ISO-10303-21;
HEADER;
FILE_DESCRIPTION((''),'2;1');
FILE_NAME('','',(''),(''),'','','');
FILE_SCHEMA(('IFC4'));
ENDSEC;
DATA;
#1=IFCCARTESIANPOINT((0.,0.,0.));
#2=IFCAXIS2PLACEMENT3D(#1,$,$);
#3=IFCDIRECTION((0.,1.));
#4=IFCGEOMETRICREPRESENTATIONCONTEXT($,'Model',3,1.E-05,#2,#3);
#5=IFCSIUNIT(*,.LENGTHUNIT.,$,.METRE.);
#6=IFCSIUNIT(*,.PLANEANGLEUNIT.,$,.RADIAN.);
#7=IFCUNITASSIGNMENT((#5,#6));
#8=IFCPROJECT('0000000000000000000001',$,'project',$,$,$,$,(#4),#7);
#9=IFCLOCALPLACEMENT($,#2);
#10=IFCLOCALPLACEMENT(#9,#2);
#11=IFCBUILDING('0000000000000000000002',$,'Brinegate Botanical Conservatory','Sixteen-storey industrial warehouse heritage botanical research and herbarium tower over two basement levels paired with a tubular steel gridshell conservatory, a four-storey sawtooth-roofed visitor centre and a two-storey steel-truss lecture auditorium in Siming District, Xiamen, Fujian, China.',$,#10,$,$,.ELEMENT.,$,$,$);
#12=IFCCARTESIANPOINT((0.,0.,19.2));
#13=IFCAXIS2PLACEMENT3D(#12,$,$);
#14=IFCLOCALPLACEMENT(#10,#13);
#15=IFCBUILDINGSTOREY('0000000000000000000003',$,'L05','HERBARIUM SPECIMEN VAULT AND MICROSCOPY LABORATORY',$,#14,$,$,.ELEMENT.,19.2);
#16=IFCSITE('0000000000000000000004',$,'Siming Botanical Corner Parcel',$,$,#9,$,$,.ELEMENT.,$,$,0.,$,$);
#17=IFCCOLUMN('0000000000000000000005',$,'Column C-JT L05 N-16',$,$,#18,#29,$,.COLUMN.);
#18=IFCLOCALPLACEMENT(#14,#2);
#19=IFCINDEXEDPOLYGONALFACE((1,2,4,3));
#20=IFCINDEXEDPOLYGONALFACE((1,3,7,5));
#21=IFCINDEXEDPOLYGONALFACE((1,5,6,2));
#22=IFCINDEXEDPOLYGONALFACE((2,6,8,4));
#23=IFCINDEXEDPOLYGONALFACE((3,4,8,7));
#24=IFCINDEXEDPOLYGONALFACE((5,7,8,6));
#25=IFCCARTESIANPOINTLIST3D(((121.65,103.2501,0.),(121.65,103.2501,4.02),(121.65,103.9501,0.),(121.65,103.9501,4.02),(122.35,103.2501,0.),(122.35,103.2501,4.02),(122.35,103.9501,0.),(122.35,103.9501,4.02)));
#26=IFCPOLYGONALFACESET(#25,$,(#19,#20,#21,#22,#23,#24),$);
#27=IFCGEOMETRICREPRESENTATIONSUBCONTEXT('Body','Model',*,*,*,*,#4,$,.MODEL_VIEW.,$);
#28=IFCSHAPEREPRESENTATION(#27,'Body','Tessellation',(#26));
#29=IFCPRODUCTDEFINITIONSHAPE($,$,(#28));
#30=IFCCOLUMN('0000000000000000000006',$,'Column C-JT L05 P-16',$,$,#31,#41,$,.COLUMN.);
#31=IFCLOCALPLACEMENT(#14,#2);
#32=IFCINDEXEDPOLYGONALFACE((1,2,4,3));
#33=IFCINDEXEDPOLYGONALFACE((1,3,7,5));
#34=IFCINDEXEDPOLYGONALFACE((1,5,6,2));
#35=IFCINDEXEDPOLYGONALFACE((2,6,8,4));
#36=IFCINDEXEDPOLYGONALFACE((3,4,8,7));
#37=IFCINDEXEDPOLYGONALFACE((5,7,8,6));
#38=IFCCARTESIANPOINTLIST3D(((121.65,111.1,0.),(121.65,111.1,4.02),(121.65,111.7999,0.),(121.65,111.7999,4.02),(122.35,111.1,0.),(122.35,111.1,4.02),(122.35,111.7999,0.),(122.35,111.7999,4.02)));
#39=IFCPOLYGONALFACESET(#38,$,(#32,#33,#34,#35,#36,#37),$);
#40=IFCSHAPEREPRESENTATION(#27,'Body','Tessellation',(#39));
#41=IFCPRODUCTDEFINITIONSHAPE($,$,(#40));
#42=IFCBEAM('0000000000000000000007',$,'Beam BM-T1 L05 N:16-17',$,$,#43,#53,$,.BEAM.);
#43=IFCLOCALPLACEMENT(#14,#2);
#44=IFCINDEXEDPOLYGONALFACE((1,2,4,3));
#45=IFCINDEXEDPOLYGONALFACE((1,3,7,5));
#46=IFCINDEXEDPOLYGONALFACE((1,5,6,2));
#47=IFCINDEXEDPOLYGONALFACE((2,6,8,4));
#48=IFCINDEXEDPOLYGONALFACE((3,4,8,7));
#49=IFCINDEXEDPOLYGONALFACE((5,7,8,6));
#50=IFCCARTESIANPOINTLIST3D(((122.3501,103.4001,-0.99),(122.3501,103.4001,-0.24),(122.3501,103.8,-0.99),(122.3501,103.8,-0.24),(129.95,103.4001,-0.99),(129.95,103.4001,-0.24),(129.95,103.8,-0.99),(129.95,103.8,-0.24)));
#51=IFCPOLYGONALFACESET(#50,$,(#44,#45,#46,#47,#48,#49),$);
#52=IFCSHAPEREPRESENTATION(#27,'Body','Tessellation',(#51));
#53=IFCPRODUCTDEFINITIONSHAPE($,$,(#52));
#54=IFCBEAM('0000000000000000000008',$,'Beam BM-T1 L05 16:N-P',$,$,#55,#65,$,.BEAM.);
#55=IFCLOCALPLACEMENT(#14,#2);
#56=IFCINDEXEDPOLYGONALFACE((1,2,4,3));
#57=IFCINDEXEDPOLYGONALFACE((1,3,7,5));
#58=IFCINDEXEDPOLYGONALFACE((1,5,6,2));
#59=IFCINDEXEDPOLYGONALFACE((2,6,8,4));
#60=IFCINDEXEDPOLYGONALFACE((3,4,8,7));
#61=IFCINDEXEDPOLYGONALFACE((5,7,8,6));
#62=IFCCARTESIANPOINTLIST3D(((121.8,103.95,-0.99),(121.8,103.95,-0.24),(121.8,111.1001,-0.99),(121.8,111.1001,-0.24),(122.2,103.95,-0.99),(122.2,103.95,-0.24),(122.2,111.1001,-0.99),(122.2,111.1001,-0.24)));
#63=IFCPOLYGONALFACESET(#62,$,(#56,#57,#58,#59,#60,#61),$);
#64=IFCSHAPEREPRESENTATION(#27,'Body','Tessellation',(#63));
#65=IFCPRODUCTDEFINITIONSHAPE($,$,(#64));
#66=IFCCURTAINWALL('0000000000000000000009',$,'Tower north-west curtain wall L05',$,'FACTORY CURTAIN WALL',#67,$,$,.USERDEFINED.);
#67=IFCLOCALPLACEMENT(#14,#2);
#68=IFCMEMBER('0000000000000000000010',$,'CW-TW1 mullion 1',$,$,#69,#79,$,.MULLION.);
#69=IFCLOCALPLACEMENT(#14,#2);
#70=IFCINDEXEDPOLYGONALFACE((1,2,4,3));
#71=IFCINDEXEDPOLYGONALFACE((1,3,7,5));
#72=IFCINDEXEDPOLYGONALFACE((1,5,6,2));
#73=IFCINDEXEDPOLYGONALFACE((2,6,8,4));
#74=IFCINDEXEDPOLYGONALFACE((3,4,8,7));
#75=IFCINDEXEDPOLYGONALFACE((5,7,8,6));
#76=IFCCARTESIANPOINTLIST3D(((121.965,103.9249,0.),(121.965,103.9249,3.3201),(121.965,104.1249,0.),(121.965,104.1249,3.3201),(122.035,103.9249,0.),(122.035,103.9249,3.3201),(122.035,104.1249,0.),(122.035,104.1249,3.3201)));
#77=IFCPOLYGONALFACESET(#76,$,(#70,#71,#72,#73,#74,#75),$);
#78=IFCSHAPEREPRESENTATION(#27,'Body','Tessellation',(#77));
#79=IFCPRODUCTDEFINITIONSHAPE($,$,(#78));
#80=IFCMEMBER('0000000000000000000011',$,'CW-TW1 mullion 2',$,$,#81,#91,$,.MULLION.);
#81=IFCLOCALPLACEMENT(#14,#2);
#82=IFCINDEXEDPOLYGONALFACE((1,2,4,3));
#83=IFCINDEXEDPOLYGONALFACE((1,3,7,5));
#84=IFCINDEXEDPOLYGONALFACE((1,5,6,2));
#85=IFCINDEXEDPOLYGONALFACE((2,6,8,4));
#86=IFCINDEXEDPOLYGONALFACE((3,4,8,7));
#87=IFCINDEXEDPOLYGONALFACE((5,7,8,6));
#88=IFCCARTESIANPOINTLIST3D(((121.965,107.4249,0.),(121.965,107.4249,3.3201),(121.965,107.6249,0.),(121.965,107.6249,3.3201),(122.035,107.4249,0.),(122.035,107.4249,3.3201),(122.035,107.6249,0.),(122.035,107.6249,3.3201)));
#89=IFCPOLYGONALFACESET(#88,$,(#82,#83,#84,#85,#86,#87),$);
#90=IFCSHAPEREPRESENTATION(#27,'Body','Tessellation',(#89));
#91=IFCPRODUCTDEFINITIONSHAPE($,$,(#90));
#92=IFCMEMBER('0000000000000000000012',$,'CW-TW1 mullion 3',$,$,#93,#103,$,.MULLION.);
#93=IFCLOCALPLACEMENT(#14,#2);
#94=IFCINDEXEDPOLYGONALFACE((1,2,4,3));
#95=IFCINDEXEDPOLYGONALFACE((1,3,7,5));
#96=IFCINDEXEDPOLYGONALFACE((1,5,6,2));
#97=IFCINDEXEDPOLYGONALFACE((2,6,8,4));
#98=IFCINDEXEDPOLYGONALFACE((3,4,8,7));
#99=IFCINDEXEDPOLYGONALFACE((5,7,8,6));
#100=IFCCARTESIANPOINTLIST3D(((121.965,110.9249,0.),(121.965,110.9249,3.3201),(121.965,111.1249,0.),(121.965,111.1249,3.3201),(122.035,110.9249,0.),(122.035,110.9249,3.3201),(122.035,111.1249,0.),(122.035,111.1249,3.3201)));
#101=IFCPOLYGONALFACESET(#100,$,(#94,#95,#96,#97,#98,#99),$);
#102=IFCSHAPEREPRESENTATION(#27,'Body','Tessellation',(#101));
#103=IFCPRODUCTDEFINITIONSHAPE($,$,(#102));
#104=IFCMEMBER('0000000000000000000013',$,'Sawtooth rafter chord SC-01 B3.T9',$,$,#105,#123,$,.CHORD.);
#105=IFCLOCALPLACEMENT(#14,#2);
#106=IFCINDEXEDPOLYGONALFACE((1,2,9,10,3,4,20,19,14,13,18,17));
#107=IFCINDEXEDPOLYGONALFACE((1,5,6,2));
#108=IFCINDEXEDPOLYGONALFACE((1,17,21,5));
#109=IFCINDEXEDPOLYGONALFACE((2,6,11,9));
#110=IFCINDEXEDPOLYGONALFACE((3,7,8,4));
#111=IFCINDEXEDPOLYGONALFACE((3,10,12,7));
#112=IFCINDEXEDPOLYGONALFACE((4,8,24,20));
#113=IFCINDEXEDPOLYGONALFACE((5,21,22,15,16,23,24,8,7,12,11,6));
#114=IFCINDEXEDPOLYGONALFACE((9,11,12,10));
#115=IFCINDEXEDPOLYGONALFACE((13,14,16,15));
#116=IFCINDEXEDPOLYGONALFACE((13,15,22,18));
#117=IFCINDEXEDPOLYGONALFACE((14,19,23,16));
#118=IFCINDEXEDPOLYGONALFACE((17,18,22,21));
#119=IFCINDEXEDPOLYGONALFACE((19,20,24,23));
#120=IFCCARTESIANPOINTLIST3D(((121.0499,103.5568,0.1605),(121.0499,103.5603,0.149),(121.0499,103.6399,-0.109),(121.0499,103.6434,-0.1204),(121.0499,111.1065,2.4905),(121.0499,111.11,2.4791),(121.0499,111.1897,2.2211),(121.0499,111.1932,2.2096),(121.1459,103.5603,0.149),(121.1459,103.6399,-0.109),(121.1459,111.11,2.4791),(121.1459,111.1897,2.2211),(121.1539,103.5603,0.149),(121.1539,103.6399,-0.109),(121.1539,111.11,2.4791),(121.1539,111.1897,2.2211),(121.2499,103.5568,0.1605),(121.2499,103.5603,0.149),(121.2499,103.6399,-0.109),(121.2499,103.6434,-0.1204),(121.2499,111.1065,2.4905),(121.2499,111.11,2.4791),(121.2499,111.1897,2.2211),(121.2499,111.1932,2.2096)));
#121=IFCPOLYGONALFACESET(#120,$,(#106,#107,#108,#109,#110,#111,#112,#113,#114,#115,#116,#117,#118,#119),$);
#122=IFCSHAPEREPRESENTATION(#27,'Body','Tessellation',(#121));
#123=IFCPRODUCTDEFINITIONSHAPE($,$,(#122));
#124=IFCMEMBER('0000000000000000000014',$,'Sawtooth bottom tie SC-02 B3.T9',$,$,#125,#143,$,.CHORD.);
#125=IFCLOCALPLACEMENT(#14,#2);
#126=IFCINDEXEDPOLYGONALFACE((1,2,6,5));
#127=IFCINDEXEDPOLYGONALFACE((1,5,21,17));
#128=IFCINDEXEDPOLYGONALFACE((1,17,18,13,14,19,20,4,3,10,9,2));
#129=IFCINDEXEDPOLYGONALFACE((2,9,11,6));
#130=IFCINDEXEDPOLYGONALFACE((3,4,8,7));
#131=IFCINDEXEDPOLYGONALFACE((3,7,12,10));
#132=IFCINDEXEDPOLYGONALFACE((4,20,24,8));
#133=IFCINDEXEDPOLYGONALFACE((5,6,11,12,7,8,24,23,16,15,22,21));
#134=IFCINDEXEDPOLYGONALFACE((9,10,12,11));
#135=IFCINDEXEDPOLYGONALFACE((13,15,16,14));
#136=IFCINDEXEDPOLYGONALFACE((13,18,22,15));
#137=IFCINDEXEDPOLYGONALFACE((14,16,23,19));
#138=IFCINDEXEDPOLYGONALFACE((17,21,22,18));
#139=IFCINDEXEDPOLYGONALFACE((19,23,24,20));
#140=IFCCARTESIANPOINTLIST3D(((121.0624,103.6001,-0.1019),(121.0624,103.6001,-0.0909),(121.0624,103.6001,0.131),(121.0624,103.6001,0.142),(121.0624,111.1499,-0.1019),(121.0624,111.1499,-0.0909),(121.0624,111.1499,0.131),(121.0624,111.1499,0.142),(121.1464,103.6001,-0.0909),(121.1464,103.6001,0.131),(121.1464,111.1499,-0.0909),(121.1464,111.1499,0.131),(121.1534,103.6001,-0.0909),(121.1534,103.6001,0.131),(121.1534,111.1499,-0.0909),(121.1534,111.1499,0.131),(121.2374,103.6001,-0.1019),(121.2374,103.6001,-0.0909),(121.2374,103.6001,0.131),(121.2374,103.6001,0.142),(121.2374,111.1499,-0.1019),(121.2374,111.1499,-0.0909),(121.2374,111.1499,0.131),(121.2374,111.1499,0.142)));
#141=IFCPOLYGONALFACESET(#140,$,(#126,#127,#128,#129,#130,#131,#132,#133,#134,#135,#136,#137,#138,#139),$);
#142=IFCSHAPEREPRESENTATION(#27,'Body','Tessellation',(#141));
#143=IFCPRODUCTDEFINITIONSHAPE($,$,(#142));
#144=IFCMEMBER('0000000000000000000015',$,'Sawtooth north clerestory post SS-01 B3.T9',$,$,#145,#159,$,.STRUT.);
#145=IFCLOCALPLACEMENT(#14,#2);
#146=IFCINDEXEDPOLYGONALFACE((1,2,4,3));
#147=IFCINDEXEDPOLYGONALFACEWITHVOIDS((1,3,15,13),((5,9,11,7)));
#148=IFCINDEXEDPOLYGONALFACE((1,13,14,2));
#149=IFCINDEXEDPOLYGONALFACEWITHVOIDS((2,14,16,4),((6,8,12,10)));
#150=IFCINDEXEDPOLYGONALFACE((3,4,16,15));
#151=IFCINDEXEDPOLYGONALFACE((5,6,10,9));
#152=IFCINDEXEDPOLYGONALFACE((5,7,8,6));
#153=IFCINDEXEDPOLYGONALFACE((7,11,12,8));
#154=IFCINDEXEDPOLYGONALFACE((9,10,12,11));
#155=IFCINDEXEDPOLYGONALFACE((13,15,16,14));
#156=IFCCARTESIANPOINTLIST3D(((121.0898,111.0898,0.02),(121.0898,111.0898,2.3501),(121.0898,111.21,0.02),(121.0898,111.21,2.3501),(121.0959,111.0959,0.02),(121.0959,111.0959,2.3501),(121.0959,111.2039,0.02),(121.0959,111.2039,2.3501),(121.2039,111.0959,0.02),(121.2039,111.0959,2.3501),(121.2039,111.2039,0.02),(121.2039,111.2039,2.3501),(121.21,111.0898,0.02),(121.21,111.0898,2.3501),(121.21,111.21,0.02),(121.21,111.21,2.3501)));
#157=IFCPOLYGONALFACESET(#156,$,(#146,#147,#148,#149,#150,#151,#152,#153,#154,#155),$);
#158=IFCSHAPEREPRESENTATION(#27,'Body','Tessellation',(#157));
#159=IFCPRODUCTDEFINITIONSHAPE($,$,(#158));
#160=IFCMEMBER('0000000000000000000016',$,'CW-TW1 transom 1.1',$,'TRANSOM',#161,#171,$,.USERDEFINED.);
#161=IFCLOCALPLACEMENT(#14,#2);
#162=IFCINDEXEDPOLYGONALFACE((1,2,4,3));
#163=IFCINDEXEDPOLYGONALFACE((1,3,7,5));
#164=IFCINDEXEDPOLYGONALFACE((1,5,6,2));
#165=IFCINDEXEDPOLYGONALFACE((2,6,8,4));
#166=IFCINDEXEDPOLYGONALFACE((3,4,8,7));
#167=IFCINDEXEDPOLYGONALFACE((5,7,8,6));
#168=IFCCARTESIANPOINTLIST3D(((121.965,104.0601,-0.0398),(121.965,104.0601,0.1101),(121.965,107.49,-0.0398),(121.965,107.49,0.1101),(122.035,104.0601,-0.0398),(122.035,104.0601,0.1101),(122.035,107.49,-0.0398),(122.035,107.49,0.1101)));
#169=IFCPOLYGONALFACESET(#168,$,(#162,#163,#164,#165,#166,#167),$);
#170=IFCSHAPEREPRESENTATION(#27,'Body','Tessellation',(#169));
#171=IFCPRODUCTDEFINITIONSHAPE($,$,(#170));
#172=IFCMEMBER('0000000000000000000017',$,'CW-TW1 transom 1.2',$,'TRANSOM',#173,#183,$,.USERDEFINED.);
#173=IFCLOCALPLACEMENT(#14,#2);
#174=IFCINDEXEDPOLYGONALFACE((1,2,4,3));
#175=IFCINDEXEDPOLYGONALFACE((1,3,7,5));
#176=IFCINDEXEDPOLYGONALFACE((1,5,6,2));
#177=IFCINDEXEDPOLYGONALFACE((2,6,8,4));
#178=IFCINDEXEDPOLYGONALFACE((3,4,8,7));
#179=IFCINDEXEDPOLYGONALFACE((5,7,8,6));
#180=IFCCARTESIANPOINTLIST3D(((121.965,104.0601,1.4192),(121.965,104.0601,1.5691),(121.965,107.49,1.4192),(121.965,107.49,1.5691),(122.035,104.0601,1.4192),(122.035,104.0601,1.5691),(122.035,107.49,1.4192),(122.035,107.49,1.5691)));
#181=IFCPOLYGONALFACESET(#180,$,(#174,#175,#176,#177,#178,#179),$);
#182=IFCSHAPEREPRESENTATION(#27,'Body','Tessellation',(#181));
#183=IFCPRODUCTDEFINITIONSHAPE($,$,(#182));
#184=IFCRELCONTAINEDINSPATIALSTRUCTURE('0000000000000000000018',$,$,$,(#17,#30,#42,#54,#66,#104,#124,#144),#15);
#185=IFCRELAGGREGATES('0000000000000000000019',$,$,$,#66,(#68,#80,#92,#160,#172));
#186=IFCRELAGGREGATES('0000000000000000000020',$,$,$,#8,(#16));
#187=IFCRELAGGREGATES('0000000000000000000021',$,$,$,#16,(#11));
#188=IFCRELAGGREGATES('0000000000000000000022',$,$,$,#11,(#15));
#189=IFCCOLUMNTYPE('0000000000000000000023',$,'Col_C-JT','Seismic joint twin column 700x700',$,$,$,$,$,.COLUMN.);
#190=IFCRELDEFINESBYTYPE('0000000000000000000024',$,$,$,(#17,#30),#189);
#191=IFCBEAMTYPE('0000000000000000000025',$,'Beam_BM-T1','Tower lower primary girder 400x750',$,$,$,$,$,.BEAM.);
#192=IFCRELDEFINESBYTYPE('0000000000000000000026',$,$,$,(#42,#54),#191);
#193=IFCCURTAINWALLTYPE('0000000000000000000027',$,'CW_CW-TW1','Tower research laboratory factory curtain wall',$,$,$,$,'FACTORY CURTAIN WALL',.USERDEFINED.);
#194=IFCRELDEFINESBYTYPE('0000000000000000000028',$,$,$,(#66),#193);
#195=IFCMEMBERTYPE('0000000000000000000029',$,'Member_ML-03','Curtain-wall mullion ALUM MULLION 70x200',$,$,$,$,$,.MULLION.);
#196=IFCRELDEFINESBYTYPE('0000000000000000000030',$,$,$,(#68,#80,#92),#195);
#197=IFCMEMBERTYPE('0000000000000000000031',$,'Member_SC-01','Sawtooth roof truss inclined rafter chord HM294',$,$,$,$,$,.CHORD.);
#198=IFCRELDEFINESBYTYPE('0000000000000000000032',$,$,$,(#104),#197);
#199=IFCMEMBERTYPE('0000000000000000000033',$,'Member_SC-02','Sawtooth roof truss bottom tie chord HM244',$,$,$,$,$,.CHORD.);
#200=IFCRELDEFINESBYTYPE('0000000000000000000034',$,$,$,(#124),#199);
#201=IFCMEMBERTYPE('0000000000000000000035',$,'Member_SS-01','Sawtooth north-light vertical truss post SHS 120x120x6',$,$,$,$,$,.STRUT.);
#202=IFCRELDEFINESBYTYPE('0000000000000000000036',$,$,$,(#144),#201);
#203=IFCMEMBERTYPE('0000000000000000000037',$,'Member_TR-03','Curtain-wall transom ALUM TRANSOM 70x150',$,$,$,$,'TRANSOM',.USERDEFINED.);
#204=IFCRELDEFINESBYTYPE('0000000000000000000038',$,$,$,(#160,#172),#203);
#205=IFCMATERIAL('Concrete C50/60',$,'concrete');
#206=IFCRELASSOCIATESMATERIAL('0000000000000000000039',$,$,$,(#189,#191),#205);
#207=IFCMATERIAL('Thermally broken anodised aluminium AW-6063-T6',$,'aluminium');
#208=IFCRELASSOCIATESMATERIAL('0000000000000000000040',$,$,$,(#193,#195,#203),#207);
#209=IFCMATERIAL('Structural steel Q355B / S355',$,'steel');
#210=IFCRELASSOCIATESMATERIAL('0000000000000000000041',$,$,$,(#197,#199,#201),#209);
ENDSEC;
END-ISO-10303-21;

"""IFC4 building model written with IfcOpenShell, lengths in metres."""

from ifc_helpers import new_model, si_unit, direction, frame, origin, origin_2d, place, context, subcontext, project, spatial, rectangle, hollow_rectangle, i_section, extrude, material, material_profile, profile_set, type_object, element, aggregate, save


model = new_model("IFC4")

# Units and contexts
model_context = context("Model", 3, precision=1e-05, world=origin(), true_north=direction((0.0, 1.0)))
body_context = subcontext(model_context, "Body", "Model", "MODEL_VIEW")
ifc_project = project(units=[si_unit("LENGTHUNIT", "METRE"), si_unit("PLANEANGLEUNIT", "RADIAN")], contexts=[model_context])

# Site, building, storey
site_placement = place(None, origin())
site = spatial("IfcSite", under=ifc_project, at=site_placement, Name="Siming Botanical Corner Parcel", CompositionType="ELEMENT", RefElevation=0.0)
building_placement = place(site_placement, origin())
building = spatial("IfcBuilding", under=site, at=building_placement, Name="Brinegate Botanical Conservatory", Description="Sixteen-storey industrial warehouse heritage botanical research and herbarium tower over two basement levels paired with a tubular steel gridshell conservatory, a four-storey sawtooth-roofed visitor centre and a two-storey steel-truss lecture auditorium in Siming District, Xiamen, Fujian, China.", CompositionType="ELEMENT")
storey_placement = place(building_placement, frame((0.0, 0.0, 19.2)))
storey = spatial("IfcBuildingStorey", under=building, at=storey_placement, Name="L05", Description="HERBARIUM SPECIMEN VAULT AND MICROSCOPY LABORATORY", CompositionType="ELEMENT", Elevation=19.2)

# Columns
ifc_material_1 = material(Name="Concrete C50/60", Category="concrete")
ifc_material_profile_1 = material_profile(ifc_material_1, rectangle(XDim=0.7, YDim=0.7, at=origin_2d()), Name="RC COL 700x700")
ifc_profile_set_1 = profile_set([ifc_material_profile_1], Name="Concrete C50/60")
column_type = type_object("IfcColumnType", Name="Col_C-JT", Description="Seismic joint twin column 700x700", PredefinedType="COLUMN", material=ifc_profile_set_1)
for number, where, z_axis, x_axis, name in (
    (1, (122.0, 103.6001, 0.0), (0.0, 0.0, 1.0), (1.0, 0.0, 0.0), "Column C-JT L05 N-16"),
    (2, (122.0, 111.45, 0.0), (0.0, 0.0, 1.0), (1.0, 0.0, 0.0), "Column C-JT L05 P-16"),
):
    element("IfcColumn", number, at=place(storey_placement, frame(where, z_axis=z_axis, x_axis=x_axis)), inside=storey, type_object=column_type, Name=name, PredefinedType="COLUMN", context=body_context, shape_type="SweptSolid", body=[
        extrude(rectangle(XDim=0.7, YDim=0.7, at=origin_2d()), origin(), (0.0, 0.0, 1.0), 4.02),
    ])

# Beams
ifc_material_profile_2 = material_profile(ifc_material_1, rectangle(XDim=0.3999, YDim=0.75, at=origin_2d()), Name="RC BM 400x750")
ifc_profile_set_2 = profile_set([ifc_material_profile_2], Name="Concrete C50/60")
beam_type = type_object("IfcBeamType", Name="Beam_BM-T1", Description="Tower lower primary girder 400x750", PredefinedType="BEAM", material=ifc_profile_set_2)
beam_1_placement = place(storey_placement, frame((122.3501, 103.6001, -0.615), z_axis=(1.0, 0.0, 0.0), x_axis=(0.0, 1.0, 0.0)))
element("IfcBeam", 3, at=beam_1_placement, inside=storey, type_object=beam_type, Name="Beam BM-T1 L05 N:16-17", PredefinedType="BEAM", context=body_context, shape_type="SweptSolid", body=[
    extrude(rectangle(XDim=0.3999, YDim=0.75, at=origin_2d()), origin(), (0.0, 0.0, 1.0), 7.5999),
])
beam_2_placement = place(storey_placement, frame((122.0, 103.95, -0.615), z_axis=(0.0, 1.0, 0.0), x_axis=(-1.0, 0.0, 0.0)))
element("IfcBeam", 4, at=beam_2_placement, inside=storey, type_object=beam_type, Name="Beam BM-T1 L05 16:N-P", PredefinedType="BEAM", context=body_context, shape_type="SweptSolid", body=[
    extrude(rectangle(XDim=0.3999, YDim=0.75, at=origin_2d()), origin(), (0.0, 0.0, 1.0), 7.1501),
])

# Curtain wall, members
ifc_material_2 = material(Name="Thermally broken anodised aluminium AW-6063-T6", Category="aluminium")
curtain_wall_type = type_object("IfcCurtainWallType", Name="CW_CW-TW1", Description="Tower research laboratory factory curtain wall", ElementType="FACTORY CURTAIN WALL", PredefinedType="USERDEFINED", material=ifc_material_2)
curtain_wall_placement = place(storey_placement, origin())
curtain_wall = element("IfcCurtainWall", 5, at=curtain_wall_placement, inside=storey, type_object=curtain_wall_type, Name="Tower north-west curtain wall L05", ObjectType="FACTORY CURTAIN WALL", PredefinedType="USERDEFINED")
ifc_material_profile_3 = material_profile(ifc_material_2, rectangle(XDim=0.0701, YDim=0.2, at=origin_2d()), Name="ALUM MULLION 70x200")
ifc_profile_set_3 = profile_set([ifc_material_profile_3], Name="Thermally broken anodised aluminium AW-6063-T6")
member_type_1 = type_object("IfcMemberType", Name="Member_ML-03", Description="Curtain-wall mullion ALUM MULLION 70x200", PredefinedType="MULLION", material=ifc_profile_set_3)
member_1_placement = place(storey_placement, frame((122.0, 104.0249, 0.0), z_axis=(0.0, 0.0, 1.0), x_axis=(-1.0, 0.0, 0.0)))
member_1 = element("IfcMember", 6, at=member_1_placement, type_object=member_type_1, Name="CW-TW1 mullion 1", PredefinedType="MULLION", context=body_context, shape_type="SweptSolid", body=[
    extrude(rectangle(XDim=0.0701, YDim=0.2, at=origin_2d()), origin(), (0.0, 0.0, 1.0), 3.3201),
])
member_2_placement = place(storey_placement, frame((122.0, 107.5249, 0.0), z_axis=(0.0, 0.0, 1.0), x_axis=(-1.0, 0.0, 0.0)))
member_2 = element("IfcMember", 7, at=member_2_placement, type_object=member_type_1, Name="CW-TW1 mullion 2", PredefinedType="MULLION", context=body_context, shape_type="SweptSolid", body=[
    extrude(rectangle(XDim=0.0701, YDim=0.2, at=origin_2d()), origin(), (0.0, 0.0, 1.0), 3.3201),
])
member_3_placement = place(storey_placement, frame((122.0, 111.0249, 0.0), z_axis=(0.0, 0.0, 1.0), x_axis=(-1.0, 0.0, 0.0)))
member_3 = element("IfcMember", 8, at=member_3_placement, type_object=member_type_1, Name="CW-TW1 mullion 3", PredefinedType="MULLION", context=body_context, shape_type="SweptSolid", body=[
    extrude(rectangle(XDim=0.0701, YDim=0.2, at=origin_2d()), origin(), (0.0, 0.0, 1.0), 3.3201),
])

# Members
ifc_material_3 = material(Name="Structural steel Q355B / S355", Category="steel")
ifc_material_profile_4 = material_profile(ifc_material_3, i_section(OverallWidth=0.2, OverallDepth=0.2939, WebThickness=0.0081, FlangeThickness=0.012, at=origin_2d()), Name="HM 294x200x8x12")
ifc_profile_set_4 = profile_set([ifc_material_profile_4], Name="Structural steel Q355B / S355")
member_type_2 = type_object("IfcMemberType", Name="Member_SC-01", Description="Sawtooth roof truss inclined rafter chord HM294", PredefinedType="CHORD", material=ifc_profile_set_4)
member_4_placement = place(storey_placement, frame((121.1499, 103.6001, 0.02), z_axis=(0.0, 0.955527, 0.294902), x_axis=(-1.0, 0.0, 0.0)))
element("IfcMember", 9, at=member_4_placement, inside=storey, type_object=member_type_2, Name="Sawtooth rafter chord SC-01 B3.T9", PredefinedType="CHORD", context=body_context, shape_type="SweptSolid", body=[
    extrude(i_section(OverallWidth=0.2, OverallDepth=0.2939, WebThickness=0.0081, FlangeThickness=0.012, at=origin_2d()), origin(), (0.0, 0.0, 1.0), 7.9011),
])
ifc_material_profile_5 = material_profile(ifc_material_3, i_section(OverallWidth=0.175, OverallDepth=0.2439, WebThickness=0.0071, FlangeThickness=0.011, at=origin_2d()), Name="HM 244x175x7x11")
ifc_profile_set_5 = profile_set([ifc_material_profile_5], Name="Structural steel Q355B / S355")
member_type_3 = type_object("IfcMemberType", Name="Member_SC-02", Description="Sawtooth roof truss bottom tie chord HM244", PredefinedType="CHORD", material=ifc_profile_set_5)
member_5_placement = place(storey_placement, frame((121.1499, 103.6001, 0.02), z_axis=(0.0, 1.0, 0.0), x_axis=(-1.0, 0.0, 0.0)))
element("IfcMember", 10, at=member_5_placement, inside=storey, type_object=member_type_3, Name="Sawtooth bottom tie SC-02 B3.T9", PredefinedType="CHORD", context=body_context, shape_type="SweptSolid", body=[
    extrude(i_section(OverallWidth=0.175, OverallDepth=0.2439, WebThickness=0.0071, FlangeThickness=0.011, at=origin_2d()), origin(), (0.0, 0.0, 1.0), 7.5498),
])
ifc_material_profile_6 = material_profile(ifc_material_3, hollow_rectangle(XDim=0.1201, YDim=0.1201, WallThickness=0.0061, at=origin_2d()), Name="SHS 120x120x6")
ifc_profile_set_6 = profile_set([ifc_material_profile_6], Name="Structural steel Q355B / S355")
member_type_4 = type_object("IfcMemberType", Name="Member_SS-01", Description="Sawtooth north-light vertical truss post SHS 120x120x6", PredefinedType="STRUT", material=ifc_profile_set_6)
member_6_placement = place(storey_placement, frame((121.1499, 111.1499, 0.02), z_axis=(0.0, 0.0, 1.0), x_axis=(1.0, 0.0, 0.0)))
element("IfcMember", 11, at=member_6_placement, inside=storey, type_object=member_type_4, Name="Sawtooth north clerestory post SS-01 B3.T9", PredefinedType="STRUT", context=body_context, shape_type="SweptSolid", body=[
    extrude(hollow_rectangle(XDim=0.1201, YDim=0.1201, WallThickness=0.0061, at=origin_2d()), origin(), (0.0, 0.0, 1.0), 2.3301),
])

# Members
ifc_material_profile_7 = material_profile(ifc_material_2, rectangle(XDim=0.0701, YDim=0.1499, at=origin_2d()), Name="ALUM TRANSOM 70x150")
ifc_profile_set_7 = profile_set([ifc_material_profile_7], Name="Thermally broken anodised aluminium AW-6063-T6")
member_type_5 = type_object("IfcMemberType", Name="Member_TR-03", Description="Curtain-wall transom ALUM TRANSOM 70x150", ElementType="TRANSOM", PredefinedType="USERDEFINED", material=ifc_profile_set_7)
member_7_placement = place(storey_placement, frame((122.0, 104.0601, 0.0352), z_axis=(0.0, 1.0, 0.0), x_axis=(-1.0, 0.0, 0.0)))
member_7 = element("IfcMember", 12, at=member_7_placement, type_object=member_type_5, Name="CW-TW1 transom 1.1", ObjectType="TRANSOM", PredefinedType="USERDEFINED", context=body_context, shape_type="SweptSolid", body=[
    extrude(rectangle(XDim=0.0701, YDim=0.1499, at=origin_2d()), origin(), (0.0, 0.0, 1.0), 3.4299),
])
member_8_placement = place(storey_placement, frame((122.0, 104.0601, 1.4941), z_axis=(0.0, 1.0, 0.0), x_axis=(-1.0, 0.0, 0.0)))
member_8 = element("IfcMember", 13, at=member_8_placement, type_object=member_type_5, Name="CW-TW1 transom 1.2", ObjectType="TRANSOM", PredefinedType="USERDEFINED", context=body_context, shape_type="SweptSolid", body=[
    extrude(rectangle(XDim=0.0701, YDim=0.1499, at=origin_2d()), origin(), (0.0, 0.0, 1.0), 3.4299),
])

aggregate(curtain_wall, [member_1, member_2, member_3, member_7, member_8])

save(model, "model.ifc")
